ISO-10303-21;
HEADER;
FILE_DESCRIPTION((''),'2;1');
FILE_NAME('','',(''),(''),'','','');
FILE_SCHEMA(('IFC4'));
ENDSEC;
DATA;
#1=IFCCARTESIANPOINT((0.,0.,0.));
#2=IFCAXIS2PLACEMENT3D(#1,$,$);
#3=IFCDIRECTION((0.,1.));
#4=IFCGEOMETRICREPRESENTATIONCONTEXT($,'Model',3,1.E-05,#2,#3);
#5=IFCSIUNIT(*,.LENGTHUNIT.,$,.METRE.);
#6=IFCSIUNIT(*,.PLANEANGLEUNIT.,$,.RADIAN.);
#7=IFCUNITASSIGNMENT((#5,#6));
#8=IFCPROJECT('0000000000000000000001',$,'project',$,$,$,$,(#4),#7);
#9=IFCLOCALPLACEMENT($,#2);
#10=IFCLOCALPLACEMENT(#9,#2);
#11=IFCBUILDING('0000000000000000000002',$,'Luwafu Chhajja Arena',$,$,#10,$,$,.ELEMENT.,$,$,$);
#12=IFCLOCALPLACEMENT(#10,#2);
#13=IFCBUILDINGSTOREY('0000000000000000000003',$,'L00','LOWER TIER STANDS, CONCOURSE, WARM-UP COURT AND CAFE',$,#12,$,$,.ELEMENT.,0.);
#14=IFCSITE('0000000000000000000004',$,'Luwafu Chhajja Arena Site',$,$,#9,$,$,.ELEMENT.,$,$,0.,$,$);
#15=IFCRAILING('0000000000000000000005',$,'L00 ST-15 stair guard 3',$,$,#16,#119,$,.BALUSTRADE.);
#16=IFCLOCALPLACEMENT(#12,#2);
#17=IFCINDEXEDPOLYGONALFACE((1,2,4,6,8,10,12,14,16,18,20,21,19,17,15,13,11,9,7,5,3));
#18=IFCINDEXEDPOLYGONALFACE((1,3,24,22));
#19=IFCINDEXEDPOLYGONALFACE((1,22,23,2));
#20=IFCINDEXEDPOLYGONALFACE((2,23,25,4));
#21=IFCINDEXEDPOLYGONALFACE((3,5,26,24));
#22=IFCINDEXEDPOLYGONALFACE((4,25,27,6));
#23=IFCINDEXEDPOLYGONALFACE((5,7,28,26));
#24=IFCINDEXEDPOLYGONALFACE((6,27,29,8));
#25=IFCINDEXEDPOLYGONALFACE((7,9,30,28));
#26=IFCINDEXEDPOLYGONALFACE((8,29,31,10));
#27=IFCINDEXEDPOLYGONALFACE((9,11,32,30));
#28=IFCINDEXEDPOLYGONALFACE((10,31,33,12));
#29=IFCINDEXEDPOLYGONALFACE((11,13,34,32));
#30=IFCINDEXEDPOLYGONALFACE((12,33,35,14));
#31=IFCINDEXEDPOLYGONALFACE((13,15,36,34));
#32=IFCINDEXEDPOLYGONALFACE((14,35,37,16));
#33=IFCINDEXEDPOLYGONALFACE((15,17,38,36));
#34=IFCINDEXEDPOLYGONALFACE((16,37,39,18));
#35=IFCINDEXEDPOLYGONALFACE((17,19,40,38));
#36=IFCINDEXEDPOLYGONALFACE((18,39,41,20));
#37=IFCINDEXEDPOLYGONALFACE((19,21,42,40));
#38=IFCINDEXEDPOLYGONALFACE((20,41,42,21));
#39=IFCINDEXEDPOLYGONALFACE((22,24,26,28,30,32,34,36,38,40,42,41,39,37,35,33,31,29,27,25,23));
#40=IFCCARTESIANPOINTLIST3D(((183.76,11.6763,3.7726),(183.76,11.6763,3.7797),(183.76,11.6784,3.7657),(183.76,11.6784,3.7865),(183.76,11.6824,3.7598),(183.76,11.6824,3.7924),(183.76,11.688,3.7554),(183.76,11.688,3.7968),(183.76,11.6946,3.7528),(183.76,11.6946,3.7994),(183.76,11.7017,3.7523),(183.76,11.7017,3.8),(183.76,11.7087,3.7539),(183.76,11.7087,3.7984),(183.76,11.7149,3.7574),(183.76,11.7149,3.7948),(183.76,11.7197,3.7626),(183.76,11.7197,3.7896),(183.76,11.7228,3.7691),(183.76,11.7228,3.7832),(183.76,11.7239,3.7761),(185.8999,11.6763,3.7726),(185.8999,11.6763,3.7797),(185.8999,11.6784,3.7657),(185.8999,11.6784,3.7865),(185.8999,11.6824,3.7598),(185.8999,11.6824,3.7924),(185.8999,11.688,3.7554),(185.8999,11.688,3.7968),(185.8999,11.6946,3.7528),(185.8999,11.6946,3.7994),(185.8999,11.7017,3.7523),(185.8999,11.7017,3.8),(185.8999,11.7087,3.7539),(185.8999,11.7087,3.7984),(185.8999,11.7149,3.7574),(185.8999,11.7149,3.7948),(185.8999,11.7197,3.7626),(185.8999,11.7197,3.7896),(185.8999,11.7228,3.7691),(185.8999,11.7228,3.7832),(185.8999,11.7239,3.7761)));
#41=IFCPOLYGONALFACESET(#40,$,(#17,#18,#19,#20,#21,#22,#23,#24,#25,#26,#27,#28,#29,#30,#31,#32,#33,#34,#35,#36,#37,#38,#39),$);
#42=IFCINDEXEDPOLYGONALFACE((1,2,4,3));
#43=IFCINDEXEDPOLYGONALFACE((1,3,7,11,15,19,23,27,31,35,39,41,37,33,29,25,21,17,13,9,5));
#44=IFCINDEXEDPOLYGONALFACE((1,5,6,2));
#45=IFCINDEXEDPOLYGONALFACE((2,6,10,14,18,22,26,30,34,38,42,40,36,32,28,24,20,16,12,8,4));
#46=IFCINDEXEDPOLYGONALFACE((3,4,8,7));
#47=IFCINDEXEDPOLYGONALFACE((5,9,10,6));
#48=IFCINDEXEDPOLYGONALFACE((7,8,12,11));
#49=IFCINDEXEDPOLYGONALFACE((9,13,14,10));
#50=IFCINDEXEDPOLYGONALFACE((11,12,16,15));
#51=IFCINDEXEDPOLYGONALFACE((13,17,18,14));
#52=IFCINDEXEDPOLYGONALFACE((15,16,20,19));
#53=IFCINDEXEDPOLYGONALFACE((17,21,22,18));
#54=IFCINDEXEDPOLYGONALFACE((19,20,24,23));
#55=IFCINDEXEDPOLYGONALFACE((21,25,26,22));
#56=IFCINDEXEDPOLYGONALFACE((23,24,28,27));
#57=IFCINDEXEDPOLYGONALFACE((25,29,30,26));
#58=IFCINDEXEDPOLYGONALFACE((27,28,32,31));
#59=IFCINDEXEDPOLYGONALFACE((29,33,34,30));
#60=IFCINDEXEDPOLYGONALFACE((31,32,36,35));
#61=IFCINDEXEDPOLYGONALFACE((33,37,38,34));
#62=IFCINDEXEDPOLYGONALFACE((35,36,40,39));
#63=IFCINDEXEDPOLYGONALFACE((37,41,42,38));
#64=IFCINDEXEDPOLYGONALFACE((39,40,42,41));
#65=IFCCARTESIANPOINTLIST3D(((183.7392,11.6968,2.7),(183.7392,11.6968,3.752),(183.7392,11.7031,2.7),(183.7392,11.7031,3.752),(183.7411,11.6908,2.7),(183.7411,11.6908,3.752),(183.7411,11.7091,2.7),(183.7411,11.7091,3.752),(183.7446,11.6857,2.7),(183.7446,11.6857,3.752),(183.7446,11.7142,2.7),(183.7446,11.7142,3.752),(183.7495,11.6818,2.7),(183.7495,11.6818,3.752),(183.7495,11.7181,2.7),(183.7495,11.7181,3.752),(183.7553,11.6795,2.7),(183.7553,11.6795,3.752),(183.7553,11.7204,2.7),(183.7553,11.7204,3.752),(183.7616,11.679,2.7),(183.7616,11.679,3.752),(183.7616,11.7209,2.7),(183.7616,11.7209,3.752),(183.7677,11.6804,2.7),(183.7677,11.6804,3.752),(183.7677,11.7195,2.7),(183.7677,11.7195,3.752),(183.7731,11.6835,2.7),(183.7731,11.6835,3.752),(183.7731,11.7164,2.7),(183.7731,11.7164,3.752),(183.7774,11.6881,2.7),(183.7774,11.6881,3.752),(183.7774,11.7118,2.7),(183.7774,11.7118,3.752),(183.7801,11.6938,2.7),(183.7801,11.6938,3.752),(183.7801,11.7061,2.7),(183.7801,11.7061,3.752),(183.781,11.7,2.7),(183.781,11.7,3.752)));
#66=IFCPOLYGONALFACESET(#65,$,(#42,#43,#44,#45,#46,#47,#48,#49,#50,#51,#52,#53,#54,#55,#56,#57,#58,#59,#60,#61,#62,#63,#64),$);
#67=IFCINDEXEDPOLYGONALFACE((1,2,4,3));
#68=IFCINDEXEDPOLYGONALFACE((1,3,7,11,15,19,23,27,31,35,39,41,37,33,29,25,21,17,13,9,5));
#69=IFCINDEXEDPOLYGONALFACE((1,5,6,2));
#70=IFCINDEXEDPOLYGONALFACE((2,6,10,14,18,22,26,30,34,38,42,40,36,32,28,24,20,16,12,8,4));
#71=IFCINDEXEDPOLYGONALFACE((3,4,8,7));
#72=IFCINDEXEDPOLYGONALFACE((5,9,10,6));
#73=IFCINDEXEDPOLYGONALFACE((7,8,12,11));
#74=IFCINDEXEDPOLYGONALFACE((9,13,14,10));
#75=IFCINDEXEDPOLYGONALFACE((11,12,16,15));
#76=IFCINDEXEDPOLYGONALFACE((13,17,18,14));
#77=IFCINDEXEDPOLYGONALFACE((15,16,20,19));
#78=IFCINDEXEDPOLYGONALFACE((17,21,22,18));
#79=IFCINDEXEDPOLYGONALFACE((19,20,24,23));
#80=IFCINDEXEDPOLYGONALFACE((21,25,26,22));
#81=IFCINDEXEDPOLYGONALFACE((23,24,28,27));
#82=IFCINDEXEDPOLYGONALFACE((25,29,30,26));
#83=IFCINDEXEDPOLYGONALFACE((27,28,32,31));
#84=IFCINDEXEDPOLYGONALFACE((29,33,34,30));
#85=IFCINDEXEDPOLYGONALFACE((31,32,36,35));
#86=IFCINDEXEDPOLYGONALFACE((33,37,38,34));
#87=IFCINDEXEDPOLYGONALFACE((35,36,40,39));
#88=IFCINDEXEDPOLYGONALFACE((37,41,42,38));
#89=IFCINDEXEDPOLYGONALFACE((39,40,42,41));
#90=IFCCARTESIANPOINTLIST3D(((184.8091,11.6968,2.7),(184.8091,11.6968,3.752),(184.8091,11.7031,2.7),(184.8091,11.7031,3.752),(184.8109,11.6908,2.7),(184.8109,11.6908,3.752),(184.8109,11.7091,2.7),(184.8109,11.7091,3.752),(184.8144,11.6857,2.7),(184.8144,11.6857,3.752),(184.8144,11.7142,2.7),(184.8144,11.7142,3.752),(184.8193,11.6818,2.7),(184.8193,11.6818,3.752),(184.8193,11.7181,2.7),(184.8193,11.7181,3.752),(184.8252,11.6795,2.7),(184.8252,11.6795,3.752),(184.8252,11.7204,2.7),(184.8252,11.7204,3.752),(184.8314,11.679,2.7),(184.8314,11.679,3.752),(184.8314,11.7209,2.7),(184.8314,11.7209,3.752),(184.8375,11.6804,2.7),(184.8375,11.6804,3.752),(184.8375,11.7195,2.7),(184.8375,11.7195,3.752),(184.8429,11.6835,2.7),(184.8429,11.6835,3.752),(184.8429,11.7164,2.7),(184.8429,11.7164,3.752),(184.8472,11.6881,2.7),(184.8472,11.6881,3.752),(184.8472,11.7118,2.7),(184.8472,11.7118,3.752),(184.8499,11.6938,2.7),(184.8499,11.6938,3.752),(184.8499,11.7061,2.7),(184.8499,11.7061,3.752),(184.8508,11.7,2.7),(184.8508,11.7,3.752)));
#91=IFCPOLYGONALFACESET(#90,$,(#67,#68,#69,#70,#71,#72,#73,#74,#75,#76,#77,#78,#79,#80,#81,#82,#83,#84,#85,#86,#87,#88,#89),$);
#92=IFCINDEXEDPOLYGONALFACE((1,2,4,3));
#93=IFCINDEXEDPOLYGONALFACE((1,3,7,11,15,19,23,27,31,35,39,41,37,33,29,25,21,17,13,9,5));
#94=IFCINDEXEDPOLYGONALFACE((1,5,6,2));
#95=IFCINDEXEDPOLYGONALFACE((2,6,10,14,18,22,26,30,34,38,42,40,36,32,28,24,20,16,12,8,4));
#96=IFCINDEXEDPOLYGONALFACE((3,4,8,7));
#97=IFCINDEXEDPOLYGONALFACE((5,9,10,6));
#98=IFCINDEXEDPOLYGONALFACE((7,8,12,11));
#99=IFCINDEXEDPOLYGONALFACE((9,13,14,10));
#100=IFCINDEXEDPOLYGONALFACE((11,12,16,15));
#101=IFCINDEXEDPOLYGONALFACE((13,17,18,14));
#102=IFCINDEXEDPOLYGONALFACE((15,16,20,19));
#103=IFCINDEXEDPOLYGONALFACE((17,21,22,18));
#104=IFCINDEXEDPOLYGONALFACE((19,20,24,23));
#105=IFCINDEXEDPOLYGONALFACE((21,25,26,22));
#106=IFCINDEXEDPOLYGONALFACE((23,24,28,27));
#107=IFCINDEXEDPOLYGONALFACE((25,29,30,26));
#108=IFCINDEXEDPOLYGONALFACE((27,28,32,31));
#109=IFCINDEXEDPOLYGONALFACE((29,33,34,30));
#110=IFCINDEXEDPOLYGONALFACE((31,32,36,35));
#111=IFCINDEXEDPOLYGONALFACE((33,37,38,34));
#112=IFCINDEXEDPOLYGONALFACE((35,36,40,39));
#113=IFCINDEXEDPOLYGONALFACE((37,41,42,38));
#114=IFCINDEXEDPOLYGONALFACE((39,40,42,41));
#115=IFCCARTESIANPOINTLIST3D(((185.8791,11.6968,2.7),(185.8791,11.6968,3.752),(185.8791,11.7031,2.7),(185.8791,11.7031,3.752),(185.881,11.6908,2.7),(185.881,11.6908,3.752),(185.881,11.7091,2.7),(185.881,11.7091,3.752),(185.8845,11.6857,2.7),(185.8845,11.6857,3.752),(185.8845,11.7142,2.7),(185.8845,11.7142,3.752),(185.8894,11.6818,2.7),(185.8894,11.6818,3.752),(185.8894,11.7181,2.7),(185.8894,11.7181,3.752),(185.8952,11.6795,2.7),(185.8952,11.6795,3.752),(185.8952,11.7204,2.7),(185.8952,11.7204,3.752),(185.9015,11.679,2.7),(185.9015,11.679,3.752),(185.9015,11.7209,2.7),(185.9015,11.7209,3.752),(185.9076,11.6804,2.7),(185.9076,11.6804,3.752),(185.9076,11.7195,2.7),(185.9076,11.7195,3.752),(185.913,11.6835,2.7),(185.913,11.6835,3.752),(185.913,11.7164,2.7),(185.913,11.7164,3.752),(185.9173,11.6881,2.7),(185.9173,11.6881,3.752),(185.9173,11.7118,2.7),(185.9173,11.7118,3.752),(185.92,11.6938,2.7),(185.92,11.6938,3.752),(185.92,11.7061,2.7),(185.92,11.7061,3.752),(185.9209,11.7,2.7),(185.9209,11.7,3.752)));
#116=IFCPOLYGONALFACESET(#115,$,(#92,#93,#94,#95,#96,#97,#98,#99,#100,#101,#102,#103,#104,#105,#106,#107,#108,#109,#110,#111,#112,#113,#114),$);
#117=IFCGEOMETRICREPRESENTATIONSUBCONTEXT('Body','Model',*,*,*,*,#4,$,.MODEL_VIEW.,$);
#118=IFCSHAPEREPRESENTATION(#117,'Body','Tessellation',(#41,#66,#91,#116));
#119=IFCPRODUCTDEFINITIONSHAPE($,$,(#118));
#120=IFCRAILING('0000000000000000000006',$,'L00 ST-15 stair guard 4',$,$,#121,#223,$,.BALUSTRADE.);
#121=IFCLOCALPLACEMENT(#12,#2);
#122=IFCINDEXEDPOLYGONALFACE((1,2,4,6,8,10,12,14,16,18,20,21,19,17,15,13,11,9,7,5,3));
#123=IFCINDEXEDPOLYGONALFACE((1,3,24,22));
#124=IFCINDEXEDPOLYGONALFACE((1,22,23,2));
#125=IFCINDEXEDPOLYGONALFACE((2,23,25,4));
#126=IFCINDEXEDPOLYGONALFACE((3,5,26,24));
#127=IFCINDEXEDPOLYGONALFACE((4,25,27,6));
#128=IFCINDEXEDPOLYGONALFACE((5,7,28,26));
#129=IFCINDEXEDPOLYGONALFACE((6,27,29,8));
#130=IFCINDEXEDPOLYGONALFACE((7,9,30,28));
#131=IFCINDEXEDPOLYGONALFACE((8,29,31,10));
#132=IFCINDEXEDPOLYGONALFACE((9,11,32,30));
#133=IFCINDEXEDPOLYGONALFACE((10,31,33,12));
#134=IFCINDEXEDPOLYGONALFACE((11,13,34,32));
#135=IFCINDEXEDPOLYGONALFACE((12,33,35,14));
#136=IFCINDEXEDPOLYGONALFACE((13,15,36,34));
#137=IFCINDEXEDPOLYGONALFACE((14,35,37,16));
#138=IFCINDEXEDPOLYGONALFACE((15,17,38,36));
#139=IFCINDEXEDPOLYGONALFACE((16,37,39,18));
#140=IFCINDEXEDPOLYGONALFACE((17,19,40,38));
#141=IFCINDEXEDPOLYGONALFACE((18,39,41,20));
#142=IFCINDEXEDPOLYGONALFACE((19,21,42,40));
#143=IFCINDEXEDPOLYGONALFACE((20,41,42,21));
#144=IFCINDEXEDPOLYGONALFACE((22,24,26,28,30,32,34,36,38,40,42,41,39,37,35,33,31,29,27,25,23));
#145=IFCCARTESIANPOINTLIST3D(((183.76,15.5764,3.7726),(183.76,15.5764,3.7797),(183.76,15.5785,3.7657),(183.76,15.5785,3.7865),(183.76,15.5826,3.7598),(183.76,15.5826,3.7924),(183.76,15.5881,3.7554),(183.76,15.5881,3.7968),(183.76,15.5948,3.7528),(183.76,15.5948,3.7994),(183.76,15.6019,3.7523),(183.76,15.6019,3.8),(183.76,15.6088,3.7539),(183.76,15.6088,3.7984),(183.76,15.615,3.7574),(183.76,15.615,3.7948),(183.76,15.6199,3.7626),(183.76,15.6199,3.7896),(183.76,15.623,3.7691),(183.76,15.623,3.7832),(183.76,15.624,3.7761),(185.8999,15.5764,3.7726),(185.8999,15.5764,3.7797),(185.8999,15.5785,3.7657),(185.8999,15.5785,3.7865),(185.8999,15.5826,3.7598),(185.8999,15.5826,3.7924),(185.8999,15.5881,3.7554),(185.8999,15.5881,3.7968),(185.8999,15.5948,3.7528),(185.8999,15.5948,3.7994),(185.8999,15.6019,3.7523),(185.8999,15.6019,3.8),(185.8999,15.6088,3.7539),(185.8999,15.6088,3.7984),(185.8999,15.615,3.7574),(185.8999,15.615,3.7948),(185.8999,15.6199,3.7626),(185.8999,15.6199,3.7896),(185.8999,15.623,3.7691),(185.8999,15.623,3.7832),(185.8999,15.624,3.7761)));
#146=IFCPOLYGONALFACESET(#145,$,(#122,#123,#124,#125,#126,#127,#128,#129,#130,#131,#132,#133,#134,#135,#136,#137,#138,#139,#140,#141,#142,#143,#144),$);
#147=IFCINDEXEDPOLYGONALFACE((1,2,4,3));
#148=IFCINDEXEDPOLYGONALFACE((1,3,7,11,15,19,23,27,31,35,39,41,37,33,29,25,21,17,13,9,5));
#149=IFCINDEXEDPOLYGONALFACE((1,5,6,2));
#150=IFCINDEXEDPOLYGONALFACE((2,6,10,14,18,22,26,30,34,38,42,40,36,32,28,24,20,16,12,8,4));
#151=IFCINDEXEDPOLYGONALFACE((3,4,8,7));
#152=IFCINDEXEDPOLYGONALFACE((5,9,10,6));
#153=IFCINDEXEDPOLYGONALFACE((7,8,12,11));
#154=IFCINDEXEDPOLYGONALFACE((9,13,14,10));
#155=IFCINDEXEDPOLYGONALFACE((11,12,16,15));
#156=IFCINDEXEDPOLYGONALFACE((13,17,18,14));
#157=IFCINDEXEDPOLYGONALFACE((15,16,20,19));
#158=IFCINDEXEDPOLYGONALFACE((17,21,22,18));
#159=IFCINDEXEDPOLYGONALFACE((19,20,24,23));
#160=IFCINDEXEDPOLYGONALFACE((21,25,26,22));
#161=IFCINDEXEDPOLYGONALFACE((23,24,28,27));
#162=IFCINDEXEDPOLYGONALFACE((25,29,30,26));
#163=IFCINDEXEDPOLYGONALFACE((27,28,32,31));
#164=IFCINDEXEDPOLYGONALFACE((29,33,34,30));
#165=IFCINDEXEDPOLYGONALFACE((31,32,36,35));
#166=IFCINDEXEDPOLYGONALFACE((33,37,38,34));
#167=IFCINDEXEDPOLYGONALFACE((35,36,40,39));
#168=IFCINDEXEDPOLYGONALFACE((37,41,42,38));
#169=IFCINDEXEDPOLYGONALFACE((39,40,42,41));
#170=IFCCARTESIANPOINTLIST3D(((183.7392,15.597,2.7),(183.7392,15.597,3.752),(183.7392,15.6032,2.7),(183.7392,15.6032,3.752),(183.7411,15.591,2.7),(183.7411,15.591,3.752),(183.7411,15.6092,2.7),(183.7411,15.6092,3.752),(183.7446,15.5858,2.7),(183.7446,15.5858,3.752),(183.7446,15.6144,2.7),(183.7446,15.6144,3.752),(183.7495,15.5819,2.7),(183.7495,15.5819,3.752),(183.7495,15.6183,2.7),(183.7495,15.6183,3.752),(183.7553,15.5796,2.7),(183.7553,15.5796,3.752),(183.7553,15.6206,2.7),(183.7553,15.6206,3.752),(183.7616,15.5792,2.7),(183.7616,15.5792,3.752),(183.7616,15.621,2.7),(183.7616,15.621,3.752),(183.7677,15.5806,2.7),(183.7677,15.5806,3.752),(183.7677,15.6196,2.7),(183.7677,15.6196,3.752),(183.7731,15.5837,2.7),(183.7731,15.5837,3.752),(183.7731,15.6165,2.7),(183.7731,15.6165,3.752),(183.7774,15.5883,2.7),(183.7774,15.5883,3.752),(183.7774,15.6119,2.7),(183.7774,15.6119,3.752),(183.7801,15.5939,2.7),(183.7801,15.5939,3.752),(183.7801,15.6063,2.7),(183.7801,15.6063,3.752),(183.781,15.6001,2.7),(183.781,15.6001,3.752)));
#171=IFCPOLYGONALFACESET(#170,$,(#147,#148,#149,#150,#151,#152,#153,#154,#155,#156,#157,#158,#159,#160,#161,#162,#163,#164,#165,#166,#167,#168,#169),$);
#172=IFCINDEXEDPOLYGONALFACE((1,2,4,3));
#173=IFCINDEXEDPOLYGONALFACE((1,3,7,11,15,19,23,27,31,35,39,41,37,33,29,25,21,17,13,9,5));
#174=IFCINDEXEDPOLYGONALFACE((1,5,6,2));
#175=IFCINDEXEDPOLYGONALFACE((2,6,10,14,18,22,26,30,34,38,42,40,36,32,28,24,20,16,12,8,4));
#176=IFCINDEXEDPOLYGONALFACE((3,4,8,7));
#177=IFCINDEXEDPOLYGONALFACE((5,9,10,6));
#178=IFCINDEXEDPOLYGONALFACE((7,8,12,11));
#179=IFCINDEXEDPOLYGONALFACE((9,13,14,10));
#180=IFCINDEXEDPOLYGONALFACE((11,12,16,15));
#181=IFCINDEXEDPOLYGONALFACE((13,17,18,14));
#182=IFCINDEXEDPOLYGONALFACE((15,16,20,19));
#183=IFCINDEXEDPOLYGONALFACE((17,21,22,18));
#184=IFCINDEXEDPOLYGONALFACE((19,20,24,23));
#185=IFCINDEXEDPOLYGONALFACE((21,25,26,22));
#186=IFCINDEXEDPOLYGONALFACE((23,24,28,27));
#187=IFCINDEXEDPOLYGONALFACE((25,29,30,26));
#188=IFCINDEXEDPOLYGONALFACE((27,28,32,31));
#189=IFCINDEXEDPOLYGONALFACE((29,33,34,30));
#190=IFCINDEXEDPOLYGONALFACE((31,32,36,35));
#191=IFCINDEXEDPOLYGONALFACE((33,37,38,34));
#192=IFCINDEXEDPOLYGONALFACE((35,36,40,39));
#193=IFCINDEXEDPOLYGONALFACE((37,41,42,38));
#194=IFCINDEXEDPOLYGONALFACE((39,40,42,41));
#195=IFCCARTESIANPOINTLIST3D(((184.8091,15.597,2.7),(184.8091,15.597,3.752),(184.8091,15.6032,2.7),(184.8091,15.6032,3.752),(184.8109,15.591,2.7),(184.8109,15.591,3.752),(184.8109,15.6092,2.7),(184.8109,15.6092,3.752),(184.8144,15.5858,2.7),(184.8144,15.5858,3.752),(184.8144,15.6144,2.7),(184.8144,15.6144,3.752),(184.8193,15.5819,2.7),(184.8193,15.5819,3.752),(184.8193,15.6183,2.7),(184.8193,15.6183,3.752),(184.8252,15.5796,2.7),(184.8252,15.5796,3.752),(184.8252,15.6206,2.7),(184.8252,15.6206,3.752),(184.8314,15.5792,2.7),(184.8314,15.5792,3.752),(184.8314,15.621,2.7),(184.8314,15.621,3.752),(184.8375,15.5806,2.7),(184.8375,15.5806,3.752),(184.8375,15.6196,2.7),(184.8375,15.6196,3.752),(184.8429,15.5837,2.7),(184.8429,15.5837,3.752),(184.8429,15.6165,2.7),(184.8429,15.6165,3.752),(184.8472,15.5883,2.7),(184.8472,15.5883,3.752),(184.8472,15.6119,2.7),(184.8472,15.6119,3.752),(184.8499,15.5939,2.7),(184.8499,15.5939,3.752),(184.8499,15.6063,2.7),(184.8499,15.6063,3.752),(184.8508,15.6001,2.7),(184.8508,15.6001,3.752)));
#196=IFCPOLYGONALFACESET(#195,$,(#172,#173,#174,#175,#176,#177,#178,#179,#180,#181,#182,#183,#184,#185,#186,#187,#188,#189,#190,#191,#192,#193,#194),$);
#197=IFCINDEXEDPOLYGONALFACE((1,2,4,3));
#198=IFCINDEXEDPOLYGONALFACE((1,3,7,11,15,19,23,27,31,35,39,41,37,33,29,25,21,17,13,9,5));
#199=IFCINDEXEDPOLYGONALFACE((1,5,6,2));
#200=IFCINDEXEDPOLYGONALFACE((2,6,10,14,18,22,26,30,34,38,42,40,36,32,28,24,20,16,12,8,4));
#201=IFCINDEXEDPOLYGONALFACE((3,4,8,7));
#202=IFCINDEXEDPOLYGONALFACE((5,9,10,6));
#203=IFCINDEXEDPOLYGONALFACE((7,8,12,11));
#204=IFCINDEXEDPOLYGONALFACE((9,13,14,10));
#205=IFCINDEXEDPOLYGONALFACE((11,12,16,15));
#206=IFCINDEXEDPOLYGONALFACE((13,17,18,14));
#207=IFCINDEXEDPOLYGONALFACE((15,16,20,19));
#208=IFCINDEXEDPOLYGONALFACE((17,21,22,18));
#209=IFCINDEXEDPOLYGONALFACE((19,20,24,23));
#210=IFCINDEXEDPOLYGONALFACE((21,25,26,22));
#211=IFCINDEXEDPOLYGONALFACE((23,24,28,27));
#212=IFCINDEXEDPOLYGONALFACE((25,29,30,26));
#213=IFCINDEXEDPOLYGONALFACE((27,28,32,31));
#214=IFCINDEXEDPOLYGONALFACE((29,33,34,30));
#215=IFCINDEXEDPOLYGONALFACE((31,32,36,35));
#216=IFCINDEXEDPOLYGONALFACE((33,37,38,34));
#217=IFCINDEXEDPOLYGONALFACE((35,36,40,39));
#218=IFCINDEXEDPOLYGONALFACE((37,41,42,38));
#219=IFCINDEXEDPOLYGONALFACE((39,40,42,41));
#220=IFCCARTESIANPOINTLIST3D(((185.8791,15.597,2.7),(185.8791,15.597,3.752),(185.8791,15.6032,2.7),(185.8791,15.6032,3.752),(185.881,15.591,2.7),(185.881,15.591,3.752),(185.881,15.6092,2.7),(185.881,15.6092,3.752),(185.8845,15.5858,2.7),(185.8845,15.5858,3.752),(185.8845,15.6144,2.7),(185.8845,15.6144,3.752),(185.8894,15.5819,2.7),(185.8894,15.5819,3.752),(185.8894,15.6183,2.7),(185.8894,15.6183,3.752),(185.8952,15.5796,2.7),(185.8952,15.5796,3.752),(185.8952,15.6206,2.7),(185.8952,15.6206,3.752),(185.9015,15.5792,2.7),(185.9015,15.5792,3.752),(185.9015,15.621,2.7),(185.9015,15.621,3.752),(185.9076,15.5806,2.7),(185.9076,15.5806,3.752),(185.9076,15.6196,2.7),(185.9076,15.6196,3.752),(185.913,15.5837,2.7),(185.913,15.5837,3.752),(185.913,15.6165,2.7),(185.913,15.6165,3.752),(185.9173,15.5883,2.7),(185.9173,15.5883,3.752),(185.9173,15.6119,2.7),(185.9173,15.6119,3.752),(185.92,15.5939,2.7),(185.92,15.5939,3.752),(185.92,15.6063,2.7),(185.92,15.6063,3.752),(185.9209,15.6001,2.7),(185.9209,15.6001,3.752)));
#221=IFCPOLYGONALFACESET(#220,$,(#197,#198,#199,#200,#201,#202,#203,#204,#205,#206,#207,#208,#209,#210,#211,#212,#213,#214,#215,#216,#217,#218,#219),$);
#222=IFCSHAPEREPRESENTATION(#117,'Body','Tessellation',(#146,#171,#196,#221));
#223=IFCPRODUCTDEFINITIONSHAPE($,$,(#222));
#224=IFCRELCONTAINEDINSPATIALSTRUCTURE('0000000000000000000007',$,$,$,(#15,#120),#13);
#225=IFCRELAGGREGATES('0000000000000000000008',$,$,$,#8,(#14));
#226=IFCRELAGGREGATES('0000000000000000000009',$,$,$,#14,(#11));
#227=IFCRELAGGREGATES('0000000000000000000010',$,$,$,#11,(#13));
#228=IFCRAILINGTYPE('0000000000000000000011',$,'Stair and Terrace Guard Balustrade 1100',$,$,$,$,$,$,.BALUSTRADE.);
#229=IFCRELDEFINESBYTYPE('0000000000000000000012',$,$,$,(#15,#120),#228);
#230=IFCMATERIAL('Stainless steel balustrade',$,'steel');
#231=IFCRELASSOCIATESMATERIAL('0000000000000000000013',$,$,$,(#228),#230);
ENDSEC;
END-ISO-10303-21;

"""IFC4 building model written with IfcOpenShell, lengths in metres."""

from ifc_helpers import new_model, si_unit, direction, frame, origin, origin_2d, place, context, subcontext, project, spatial, circle, extrude, material, type_object, element, save


model = new_model("IFC4")

# Units and contexts
model_context = context("Model", 3, precision=1e-05, world=origin(), true_north=direction((0.0, 1.0)))
body_context = subcontext(model_context, "Body", "Model", "MODEL_VIEW")
ifc_project = project(units=[si_unit("LENGTHUNIT", "METRE"), si_unit("PLANEANGLEUNIT", "RADIAN")], contexts=[model_context])

# Site, building, storey
site_placement = place(None, origin())
site = spatial("IfcSite", under=ifc_project, at=site_placement, Name="Luwafu Chhajja Arena Site", CompositionType="ELEMENT", RefElevation=0.0)
building_placement = place(site_placement, origin())
building = spatial("IfcBuilding", under=site, at=building_placement, Name="Luwafu Chhajja Arena", CompositionType="ELEMENT")
storey_placement = place(building_placement, origin())
storey = spatial("IfcBuildingStorey", under=building, at=storey_placement, Name="L00", Description="LOWER TIER STANDS, CONCOURSE, WARM-UP COURT AND CAFE", CompositionType="ELEMENT", Elevation=0.0)

# Railings
ifc_material_1 = material(Name="Stainless steel balustrade", Category="steel")
railing_type_1 = type_object("IfcRailingType", Name="Stair and Terrace Guard Balustrade 1100", PredefinedType="BALUSTRADE", material=ifc_material_1)
for number, where, name in (
    (1, (183.76, 11.7, 2.7), "L00 ST-15 stair guard 3"),
    (2, (183.76, 15.6001, 2.7), "L00 ST-15 stair guard 4"),
):
    element("IfcRailing", number, at=place(storey_placement, frame(where)), inside=storey, type_object=railing_type_1, Name=name, PredefinedType="BALUSTRADE", context=body_context, shape_type="SweptSolid", body=[
        extrude(circle(Radius=0.0239, at=origin_2d()), frame((0.0, 0.0, 1.0762), z_axis=(1.0, 0.0, 0.0), x_axis=(0.0, 1.0, 0.0)), (0.0, 0.0, 1.0), 2.1399),
        extrude(circle(Radius=0.021, at=origin_2d()), origin(), (0.0, 0.0, 1.0), 1.052),
        extrude(circle(Radius=0.021, at=origin_2d()), frame((1.0698, 0.0, 0.0)), (0.0, 0.0, 1.0), 1.052),
        extrude(circle(Radius=0.021, at=origin_2d()), frame((2.1399, 0.0, 0.0)), (0.0, 0.0, 1.0), 1.052),
    ])

save(model, "model.ifc")
